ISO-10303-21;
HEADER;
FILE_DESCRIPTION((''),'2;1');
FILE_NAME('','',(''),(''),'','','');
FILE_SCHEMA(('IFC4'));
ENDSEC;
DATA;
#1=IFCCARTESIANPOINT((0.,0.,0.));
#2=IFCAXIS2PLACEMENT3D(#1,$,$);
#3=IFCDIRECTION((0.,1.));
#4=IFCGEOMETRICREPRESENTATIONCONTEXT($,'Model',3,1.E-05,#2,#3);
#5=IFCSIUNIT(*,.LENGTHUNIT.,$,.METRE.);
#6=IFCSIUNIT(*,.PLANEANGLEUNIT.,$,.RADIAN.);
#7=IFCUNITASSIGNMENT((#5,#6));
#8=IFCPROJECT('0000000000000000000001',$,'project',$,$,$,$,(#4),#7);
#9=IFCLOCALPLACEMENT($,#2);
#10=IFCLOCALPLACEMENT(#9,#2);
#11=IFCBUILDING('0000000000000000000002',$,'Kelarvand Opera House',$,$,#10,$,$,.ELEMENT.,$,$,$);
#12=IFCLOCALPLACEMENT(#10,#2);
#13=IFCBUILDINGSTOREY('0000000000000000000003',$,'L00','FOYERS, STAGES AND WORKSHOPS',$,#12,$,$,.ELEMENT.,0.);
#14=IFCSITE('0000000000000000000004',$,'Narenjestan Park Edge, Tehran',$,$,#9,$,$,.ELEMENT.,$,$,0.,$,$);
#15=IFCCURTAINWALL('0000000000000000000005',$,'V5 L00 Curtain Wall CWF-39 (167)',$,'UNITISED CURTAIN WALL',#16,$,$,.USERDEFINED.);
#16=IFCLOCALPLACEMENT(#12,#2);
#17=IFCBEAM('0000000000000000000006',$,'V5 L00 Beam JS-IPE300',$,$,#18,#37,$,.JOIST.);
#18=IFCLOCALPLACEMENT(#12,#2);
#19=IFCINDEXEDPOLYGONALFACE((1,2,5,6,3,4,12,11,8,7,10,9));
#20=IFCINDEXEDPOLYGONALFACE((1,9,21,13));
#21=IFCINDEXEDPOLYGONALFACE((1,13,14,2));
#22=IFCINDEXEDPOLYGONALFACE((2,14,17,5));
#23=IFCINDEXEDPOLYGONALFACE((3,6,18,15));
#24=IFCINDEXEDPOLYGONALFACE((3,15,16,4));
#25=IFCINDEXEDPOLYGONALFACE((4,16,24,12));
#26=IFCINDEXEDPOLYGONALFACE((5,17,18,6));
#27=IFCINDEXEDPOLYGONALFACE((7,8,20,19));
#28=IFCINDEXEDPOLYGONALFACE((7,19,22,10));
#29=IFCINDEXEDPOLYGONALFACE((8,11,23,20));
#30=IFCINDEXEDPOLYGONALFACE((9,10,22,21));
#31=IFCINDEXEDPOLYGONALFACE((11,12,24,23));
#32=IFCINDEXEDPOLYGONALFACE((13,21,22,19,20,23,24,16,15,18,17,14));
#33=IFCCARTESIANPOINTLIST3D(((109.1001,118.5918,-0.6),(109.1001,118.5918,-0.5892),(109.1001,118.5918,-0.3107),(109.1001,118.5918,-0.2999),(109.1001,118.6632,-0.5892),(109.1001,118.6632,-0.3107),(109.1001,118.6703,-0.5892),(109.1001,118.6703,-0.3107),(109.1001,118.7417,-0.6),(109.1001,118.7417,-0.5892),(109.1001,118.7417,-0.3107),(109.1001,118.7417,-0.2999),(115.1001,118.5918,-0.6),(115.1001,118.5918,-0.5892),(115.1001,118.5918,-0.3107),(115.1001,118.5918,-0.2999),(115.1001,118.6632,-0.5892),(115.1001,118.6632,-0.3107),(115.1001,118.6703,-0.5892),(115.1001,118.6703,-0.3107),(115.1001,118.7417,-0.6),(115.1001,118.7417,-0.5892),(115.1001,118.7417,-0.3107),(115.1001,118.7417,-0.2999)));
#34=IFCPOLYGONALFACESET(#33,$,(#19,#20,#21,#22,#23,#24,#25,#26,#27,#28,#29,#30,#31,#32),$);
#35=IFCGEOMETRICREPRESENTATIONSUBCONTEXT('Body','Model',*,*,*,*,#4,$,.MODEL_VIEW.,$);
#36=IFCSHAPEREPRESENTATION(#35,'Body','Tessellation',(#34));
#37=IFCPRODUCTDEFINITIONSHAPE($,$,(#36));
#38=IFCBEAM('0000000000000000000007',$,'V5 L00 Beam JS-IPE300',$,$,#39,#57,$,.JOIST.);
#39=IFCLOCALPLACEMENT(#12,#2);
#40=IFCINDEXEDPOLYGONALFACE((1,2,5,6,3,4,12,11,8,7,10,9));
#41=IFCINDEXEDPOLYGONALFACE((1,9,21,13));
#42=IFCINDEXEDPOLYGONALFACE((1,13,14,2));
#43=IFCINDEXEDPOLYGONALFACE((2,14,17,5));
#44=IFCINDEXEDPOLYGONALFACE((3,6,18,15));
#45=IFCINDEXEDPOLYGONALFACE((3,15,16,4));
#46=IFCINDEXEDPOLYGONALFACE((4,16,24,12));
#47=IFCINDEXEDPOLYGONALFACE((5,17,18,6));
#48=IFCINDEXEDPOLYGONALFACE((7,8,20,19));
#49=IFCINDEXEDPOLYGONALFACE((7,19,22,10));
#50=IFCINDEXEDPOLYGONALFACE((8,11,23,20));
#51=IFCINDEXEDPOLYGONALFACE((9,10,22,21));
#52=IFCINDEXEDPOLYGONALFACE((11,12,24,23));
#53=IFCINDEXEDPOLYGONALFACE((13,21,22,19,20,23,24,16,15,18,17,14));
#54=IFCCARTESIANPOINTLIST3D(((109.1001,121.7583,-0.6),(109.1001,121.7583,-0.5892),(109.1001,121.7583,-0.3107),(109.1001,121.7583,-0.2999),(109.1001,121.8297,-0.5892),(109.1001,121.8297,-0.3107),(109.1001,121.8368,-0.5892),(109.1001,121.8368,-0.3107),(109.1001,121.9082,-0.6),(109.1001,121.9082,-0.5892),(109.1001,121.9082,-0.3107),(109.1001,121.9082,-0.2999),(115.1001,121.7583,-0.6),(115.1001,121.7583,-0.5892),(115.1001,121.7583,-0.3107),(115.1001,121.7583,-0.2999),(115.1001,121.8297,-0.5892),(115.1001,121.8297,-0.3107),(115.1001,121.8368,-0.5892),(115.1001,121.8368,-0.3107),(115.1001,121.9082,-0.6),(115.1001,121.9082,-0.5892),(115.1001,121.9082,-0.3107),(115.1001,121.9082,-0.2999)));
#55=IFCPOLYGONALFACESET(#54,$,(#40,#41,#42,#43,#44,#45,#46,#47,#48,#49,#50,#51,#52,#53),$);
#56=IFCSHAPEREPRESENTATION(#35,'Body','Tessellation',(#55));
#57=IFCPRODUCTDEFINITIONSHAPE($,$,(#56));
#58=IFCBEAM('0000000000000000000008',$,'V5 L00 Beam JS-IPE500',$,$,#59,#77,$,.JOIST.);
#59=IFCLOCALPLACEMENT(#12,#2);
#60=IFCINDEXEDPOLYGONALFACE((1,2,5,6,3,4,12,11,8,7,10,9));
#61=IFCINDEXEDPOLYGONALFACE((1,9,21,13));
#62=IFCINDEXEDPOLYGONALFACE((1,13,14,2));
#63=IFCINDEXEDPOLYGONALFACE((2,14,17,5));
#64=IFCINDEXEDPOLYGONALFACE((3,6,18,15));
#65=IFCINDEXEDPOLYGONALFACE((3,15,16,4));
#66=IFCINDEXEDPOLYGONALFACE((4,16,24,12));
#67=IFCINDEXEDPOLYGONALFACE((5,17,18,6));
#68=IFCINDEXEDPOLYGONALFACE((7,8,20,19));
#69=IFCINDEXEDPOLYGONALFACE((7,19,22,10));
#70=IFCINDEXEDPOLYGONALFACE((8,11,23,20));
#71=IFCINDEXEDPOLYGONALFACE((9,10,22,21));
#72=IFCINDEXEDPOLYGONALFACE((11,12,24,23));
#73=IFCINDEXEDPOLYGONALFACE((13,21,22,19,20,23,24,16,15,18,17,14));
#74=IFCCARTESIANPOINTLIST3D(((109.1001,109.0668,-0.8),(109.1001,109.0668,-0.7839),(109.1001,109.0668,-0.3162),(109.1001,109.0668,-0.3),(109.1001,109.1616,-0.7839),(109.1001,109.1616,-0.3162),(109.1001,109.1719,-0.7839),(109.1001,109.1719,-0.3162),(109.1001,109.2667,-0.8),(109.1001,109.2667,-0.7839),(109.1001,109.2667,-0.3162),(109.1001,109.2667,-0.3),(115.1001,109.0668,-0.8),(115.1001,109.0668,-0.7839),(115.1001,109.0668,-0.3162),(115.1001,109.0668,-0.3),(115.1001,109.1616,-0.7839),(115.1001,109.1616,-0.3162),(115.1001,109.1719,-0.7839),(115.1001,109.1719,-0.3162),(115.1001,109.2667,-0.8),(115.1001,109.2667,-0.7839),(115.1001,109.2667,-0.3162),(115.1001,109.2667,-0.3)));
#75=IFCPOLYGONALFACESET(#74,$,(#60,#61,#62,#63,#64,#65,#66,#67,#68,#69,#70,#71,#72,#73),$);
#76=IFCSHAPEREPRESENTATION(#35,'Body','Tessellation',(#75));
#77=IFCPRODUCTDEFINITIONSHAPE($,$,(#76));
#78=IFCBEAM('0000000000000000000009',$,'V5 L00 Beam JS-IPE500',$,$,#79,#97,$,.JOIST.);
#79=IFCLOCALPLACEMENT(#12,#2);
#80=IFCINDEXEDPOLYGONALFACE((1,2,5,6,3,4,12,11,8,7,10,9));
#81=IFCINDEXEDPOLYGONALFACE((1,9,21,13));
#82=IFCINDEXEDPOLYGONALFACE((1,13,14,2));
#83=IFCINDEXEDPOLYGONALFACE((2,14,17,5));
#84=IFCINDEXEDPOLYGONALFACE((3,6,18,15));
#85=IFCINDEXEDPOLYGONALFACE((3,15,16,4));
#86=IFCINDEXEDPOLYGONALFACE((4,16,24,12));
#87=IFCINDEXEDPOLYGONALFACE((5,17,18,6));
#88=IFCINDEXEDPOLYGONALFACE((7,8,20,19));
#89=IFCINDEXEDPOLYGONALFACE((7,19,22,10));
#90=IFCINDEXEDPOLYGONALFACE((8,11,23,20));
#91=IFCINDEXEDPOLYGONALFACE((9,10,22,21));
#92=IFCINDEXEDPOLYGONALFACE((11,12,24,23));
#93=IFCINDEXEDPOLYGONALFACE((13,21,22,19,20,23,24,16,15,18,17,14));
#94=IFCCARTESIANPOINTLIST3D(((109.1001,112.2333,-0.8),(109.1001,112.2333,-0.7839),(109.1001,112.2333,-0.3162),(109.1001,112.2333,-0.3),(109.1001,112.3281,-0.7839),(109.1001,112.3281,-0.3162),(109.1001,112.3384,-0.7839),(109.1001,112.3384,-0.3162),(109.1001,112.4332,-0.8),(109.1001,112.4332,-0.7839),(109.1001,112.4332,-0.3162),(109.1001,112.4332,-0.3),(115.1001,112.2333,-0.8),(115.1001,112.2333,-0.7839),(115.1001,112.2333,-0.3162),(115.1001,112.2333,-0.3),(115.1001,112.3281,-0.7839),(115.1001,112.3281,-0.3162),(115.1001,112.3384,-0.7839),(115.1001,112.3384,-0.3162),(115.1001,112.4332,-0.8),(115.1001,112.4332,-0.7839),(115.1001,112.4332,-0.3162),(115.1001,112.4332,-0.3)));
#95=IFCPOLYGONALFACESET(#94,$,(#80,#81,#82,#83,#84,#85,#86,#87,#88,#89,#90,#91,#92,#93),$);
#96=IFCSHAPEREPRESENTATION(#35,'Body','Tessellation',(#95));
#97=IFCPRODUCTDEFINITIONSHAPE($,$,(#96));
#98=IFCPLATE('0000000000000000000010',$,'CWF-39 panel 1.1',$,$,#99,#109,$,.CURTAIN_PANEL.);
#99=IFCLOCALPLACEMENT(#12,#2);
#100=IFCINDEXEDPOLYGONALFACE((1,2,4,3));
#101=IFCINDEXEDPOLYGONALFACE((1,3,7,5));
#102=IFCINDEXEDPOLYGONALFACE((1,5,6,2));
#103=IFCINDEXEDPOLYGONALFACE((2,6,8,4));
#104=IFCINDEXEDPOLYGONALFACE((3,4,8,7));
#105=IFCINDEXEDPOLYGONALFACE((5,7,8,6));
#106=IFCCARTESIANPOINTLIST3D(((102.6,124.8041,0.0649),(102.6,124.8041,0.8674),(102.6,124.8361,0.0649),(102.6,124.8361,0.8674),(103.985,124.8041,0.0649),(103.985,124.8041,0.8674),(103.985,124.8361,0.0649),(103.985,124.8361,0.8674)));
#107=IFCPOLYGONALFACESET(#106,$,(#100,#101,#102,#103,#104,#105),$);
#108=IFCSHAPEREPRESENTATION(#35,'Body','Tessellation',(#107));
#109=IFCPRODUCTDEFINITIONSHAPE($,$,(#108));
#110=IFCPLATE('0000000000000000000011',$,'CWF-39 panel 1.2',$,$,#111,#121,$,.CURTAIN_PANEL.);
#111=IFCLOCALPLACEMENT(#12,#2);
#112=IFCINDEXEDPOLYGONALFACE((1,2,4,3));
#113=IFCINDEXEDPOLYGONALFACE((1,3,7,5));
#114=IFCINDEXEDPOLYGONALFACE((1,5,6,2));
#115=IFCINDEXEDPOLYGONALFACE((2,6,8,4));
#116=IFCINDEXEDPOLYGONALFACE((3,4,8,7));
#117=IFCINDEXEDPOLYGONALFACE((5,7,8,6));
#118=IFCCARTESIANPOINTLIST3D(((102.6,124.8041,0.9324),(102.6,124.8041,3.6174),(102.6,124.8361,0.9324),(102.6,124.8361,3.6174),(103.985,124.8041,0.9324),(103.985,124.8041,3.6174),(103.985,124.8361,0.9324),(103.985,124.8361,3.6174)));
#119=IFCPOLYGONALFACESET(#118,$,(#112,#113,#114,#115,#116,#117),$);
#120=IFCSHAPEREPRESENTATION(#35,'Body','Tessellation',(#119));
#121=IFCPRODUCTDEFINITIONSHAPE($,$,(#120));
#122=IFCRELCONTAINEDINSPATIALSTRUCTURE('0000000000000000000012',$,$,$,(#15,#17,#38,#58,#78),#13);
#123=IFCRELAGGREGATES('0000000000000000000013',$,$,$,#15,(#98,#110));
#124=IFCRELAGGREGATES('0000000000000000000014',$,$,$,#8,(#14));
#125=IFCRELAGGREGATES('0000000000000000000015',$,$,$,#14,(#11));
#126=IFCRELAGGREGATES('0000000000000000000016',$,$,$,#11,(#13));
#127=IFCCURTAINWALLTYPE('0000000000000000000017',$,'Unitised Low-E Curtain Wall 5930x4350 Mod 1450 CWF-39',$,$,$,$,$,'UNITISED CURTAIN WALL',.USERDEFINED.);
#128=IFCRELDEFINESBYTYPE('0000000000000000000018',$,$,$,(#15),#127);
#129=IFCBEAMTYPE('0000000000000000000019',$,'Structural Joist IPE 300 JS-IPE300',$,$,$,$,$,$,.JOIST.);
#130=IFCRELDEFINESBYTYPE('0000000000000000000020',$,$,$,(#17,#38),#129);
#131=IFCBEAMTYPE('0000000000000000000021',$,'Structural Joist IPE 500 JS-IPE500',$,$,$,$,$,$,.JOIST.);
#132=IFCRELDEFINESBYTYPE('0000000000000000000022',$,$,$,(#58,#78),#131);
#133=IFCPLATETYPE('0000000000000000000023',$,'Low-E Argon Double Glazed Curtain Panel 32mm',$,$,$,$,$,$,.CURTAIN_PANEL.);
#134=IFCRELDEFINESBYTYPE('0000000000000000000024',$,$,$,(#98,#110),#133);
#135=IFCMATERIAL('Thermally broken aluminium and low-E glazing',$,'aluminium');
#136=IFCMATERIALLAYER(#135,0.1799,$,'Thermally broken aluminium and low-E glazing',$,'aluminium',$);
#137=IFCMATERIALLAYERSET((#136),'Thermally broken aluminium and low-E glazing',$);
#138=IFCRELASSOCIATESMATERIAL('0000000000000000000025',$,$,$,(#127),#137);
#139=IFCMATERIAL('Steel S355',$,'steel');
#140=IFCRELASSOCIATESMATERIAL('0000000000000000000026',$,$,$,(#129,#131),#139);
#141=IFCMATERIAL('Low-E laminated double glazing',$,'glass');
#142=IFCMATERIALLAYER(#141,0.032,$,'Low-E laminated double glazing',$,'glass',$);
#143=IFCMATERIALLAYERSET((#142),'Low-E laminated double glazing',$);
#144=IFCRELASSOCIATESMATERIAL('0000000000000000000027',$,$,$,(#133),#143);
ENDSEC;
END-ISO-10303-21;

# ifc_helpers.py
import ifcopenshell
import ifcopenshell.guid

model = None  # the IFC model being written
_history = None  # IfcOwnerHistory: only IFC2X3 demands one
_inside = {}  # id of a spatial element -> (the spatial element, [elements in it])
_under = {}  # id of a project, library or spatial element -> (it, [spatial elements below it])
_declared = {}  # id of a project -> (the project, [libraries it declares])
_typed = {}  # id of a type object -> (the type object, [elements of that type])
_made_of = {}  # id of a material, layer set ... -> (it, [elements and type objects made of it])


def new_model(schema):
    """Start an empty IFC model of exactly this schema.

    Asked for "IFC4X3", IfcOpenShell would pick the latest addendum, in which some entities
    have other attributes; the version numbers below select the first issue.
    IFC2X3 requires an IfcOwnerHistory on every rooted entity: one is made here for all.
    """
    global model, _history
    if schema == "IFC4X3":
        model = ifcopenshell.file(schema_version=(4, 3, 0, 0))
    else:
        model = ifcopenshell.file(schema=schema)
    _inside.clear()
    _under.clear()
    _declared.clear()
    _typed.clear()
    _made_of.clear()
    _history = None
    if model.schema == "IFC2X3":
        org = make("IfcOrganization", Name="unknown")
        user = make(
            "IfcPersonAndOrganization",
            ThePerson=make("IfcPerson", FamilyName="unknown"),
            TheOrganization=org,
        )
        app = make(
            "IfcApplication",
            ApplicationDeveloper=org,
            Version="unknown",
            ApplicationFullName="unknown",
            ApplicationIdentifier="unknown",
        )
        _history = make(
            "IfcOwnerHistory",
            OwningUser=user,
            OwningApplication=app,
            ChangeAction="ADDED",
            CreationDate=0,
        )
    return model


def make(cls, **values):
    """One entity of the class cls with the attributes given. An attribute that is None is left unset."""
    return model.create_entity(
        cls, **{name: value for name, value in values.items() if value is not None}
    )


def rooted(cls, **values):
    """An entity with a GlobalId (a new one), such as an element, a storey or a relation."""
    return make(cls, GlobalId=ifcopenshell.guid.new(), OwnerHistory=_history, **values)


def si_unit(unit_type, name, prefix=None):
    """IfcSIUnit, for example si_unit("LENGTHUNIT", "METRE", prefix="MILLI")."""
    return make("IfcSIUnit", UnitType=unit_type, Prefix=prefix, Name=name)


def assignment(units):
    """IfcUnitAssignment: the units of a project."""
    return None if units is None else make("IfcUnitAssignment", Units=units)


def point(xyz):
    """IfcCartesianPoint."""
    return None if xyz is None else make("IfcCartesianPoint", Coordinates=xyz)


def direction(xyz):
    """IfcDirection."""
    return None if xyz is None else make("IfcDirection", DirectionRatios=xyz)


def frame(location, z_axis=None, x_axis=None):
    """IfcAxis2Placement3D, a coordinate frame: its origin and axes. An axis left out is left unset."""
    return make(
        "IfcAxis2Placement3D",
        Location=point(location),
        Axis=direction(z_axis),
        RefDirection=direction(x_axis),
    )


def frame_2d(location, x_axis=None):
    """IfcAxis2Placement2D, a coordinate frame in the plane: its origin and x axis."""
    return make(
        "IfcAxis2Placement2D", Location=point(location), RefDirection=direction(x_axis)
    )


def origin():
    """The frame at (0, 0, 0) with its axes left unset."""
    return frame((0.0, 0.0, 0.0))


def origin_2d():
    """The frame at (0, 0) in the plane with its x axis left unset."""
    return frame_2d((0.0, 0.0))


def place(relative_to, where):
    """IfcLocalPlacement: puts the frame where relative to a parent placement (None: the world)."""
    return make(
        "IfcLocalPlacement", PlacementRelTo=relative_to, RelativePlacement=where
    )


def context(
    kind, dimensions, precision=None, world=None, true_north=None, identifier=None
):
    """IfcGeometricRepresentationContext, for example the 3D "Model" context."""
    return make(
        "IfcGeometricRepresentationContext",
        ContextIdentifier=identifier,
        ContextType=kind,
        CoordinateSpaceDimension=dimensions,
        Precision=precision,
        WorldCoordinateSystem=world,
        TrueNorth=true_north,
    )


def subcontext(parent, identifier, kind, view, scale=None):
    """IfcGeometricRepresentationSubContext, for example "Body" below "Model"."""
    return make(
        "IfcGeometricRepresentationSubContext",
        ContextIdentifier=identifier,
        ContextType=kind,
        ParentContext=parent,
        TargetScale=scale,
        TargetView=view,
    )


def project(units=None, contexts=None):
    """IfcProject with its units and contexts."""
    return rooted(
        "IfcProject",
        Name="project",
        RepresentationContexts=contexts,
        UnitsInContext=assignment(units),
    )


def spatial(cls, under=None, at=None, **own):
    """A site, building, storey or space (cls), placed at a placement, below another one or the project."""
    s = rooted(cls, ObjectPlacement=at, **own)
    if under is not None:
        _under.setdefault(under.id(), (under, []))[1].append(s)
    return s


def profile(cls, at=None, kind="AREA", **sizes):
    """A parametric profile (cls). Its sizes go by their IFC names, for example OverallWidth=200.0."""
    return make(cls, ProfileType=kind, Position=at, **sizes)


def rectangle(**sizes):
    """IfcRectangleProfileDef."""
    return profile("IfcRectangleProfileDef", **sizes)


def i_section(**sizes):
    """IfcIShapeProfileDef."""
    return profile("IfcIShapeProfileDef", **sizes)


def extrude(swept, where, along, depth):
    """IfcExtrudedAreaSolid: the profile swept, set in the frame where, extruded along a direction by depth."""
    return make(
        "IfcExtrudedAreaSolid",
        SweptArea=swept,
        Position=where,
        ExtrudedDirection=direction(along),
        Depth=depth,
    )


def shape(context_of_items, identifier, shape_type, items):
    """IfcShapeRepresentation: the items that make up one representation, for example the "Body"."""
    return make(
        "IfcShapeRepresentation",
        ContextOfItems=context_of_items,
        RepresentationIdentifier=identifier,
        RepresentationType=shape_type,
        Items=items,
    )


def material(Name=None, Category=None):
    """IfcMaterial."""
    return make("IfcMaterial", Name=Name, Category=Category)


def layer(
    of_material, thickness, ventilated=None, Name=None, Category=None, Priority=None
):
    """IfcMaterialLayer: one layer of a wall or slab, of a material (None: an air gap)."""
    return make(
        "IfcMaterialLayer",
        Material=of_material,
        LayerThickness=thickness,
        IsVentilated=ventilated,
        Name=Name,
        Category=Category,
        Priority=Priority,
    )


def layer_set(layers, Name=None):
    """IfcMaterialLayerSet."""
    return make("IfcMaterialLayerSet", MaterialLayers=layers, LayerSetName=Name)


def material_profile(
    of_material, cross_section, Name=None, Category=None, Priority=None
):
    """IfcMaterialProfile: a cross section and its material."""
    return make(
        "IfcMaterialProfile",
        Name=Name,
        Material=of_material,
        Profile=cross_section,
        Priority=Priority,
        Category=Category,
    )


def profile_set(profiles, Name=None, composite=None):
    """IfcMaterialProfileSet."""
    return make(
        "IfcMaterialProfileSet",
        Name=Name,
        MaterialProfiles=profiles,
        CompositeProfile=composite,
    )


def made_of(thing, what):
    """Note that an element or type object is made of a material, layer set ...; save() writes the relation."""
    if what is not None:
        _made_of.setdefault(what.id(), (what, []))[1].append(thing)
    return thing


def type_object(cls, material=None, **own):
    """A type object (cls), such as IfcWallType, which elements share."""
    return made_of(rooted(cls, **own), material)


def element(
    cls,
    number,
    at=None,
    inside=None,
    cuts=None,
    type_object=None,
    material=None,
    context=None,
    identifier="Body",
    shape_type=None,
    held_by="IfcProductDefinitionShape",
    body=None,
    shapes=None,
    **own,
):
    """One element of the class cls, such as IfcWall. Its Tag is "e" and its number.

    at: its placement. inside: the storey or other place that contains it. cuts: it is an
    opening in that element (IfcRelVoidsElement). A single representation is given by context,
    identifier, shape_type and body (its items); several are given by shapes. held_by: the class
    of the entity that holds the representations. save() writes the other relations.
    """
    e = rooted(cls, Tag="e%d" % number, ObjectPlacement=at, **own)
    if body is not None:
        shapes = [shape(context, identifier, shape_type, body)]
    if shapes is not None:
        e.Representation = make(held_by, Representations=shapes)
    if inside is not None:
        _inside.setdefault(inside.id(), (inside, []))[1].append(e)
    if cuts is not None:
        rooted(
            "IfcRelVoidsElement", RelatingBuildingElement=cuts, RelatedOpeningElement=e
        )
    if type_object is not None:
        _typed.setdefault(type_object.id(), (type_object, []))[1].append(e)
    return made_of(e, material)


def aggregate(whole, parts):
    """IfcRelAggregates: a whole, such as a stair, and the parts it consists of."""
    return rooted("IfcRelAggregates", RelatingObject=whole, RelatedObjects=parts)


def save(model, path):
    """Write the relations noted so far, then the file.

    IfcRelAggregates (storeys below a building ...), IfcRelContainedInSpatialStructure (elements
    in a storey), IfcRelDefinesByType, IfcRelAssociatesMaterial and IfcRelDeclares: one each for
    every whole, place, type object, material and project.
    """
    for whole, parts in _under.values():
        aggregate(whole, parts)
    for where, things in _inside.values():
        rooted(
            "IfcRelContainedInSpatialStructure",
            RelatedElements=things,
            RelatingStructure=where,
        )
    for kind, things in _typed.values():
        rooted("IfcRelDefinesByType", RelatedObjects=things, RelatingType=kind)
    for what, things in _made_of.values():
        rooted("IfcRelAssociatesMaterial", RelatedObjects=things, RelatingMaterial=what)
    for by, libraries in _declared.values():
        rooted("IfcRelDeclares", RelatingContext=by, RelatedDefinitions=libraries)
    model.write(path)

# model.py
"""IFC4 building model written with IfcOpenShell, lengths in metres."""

from ifc_helpers import new_model, si_unit, direction, frame, origin, origin_2d, place, context, subcontext, project, spatial, rectangle, i_section, extrude, material, layer, layer_set, material_profile, profile_set, type_object, element, aggregate, save


model = new_model("IFC4")

# Units and contexts
model_context = context("Model", 3, precision=1e-05, world=origin(), true_north=direction((0.0, 1.0)))
body_context = subcontext(model_context, "Body", "Model", "MODEL_VIEW")
ifc_project = project(units=[si_unit("LENGTHUNIT", "METRE"), si_unit("PLANEANGLEUNIT", "RADIAN")], contexts=[model_context])

# Site, building, storey
site_placement = place(None, origin())
site = spatial("IfcSite", under=ifc_project, at=site_placement, Name="Narenjestan Park Edge, Tehran", CompositionType="ELEMENT", RefElevation=0.0)
building_placement = place(site_placement, origin())
building = spatial("IfcBuilding", under=site, at=building_placement, Name="Kelarvand Opera House", CompositionType="ELEMENT")
storey_placement = place(building_placement, origin())
storey = spatial("IfcBuildingStorey", under=building, at=storey_placement, Name="L00", Description="FOYERS, STAGES AND WORKSHOPS", CompositionType="ELEMENT", Elevation=0.0)

# Curtain wall
ifc_material_1 = material(Name="Thermally broken aluminium and low-E glazing", Category="aluminium")
ifc_layer_1 = layer(ifc_material_1, 0.1799, Name="Thermally broken aluminium and low-E glazing", Category="aluminium")
ifc_layer_set_1 = layer_set([ifc_layer_1], Name="Thermally broken aluminium and low-E glazing")
curtain_wall_type = type_object("IfcCurtainWallType", Name="Unitised Low-E Curtain Wall 5930x4350 Mod 1450 CWF-39", ElementType="UNITISED CURTAIN WALL", PredefinedType="USERDEFINED", material=ifc_layer_set_1)
curtain_wall_placement = place(storey_placement, origin())
curtain_wall = element("IfcCurtainWall", 1, at=curtain_wall_placement, inside=storey, type_object=curtain_wall_type, Name="V5 L00 Curtain Wall CWF-39 (167)", ObjectType="UNITISED CURTAIN WALL", PredefinedType="USERDEFINED")

# Beams
ifc_material_2 = material(Name="Steel S355", Category="steel")
ifc_material_profile_1 = material_profile(ifc_material_2, i_section(OverallWidth=0.1499, OverallDepth=0.3, WebThickness=0.0071, FlangeThickness=0.0107, at=origin_2d()), Name="IPE 300", Category="steel")
ifc_profile_set_1 = profile_set([ifc_material_profile_1], Name="Steel S355")
beam_type_1 = type_object("IfcBeamType", Name="Structural Joist IPE 300 JS-IPE300", PredefinedType="JOIST", material=ifc_profile_set_1)
for number, where, z_axis, x_axis, name in (
    (2, (109.1001, 118.6667, -0.45), (1.0, 0.0, 0.0), (0.0, 1.0, 0.0), "V5 L00 Beam JS-IPE300"),
    (3, (109.1001, 121.8333, -0.45), (1.0, 0.0, 0.0), (0.0, 1.0, 0.0), "V5 L00 Beam JS-IPE300"),
):
    element("IfcBeam", number, at=place(storey_placement, frame(where, z_axis=z_axis, x_axis=x_axis)), inside=storey, type_object=beam_type_1, Name=name, PredefinedType="JOIST", context=body_context, shape_type="SweptSolid", body=[
        extrude(i_section(OverallWidth=0.1499, OverallDepth=0.3, WebThickness=0.0071, FlangeThickness=0.0107, at=origin_2d()), origin(), (0.0, 0.0, 1.0), 6.0),
    ])
ifc_material_profile_2 = material_profile(ifc_material_2, i_section(OverallWidth=0.2, OverallDepth=0.5, WebThickness=0.0103, FlangeThickness=0.0161, at=origin_2d()), Name="IPE 500", Category="steel")
ifc_profile_set_2 = profile_set([ifc_material_profile_2], Name="Steel S355")
beam_type_2 = type_object("IfcBeamType", Name="Structural Joist IPE 500 JS-IPE500", PredefinedType="JOIST", material=ifc_profile_set_2)
for number, where, z_axis, x_axis, name in (
    (4, (109.1001, 109.1667, -0.55), (1.0, 0.0, 0.0), (0.0, 1.0, 0.0), "V5 L00 Beam JS-IPE500"),
    (5, (109.1001, 112.3333, -0.55), (1.0, 0.0, 0.0), (0.0, 1.0, 0.0), "V5 L00 Beam JS-IPE500"),
):
    element("IfcBeam", number, at=place(storey_placement, frame(where, z_axis=z_axis, x_axis=x_axis)), inside=storey, type_object=beam_type_2, Name=name, PredefinedType="JOIST", context=body_context, shape_type="SweptSolid", body=[
        extrude(i_section(OverallWidth=0.2, OverallDepth=0.5, WebThickness=0.0103, FlangeThickness=0.0161, at=origin_2d()), origin(), (0.0, 0.0, 1.0), 6.0),
    ])

# Plates
ifc_material_3 = material(Name="Low-E laminated double glazing", Category="glass")
ifc_layer_2 = layer(ifc_material_3, 0.032, Name="Low-E laminated double glazing", Category="glass")
ifc_layer_set_2 = layer_set([ifc_layer_2], Name="Low-E laminated double glazing")
plate_type = type_object("IfcPlateType", Name="Low-E Argon Double Glazed Curtain Panel 32mm", PredefinedType="CURTAIN_PANEL", material=ifc_layer_set_2)
plate_1_placement = place(storey_placement, frame((103.2925, 124.8201, 0.0649), z_axis=(0.0, 0.0, 1.0), x_axis=(1.0, 0.0, 0.0)))
plate_1 = element("IfcPlate", 6, at=plate_1_placement, type_object=plate_type, Name="CWF-39 panel 1.1", PredefinedType="CURTAIN_PANEL", context=body_context, shape_type="SweptSolid", body=[
    extrude(rectangle(XDim=1.385, YDim=0.032, at=origin_2d()), origin(), (0.0, 0.0, 1.0), 0.8025),
])
plate_2_placement = place(storey_placement, frame((103.2925, 124.8201, 0.9324), z_axis=(0.0, 0.0, 1.0), x_axis=(1.0, 0.0, 0.0)))
plate_2 = element("IfcPlate", 7, at=plate_2_placement, type_object=plate_type, Name="CWF-39 panel 1.2", PredefinedType="CURTAIN_PANEL", context=body_context, shape_type="SweptSolid", body=[
    extrude(rectangle(XDim=1.385, YDim=0.032, at=origin_2d()), origin(), (0.0, 0.0, 1.0), 2.6851),
])
aggregate(curtain_wall, [plate_1, plate_2])

save(model, "model.ifc")
